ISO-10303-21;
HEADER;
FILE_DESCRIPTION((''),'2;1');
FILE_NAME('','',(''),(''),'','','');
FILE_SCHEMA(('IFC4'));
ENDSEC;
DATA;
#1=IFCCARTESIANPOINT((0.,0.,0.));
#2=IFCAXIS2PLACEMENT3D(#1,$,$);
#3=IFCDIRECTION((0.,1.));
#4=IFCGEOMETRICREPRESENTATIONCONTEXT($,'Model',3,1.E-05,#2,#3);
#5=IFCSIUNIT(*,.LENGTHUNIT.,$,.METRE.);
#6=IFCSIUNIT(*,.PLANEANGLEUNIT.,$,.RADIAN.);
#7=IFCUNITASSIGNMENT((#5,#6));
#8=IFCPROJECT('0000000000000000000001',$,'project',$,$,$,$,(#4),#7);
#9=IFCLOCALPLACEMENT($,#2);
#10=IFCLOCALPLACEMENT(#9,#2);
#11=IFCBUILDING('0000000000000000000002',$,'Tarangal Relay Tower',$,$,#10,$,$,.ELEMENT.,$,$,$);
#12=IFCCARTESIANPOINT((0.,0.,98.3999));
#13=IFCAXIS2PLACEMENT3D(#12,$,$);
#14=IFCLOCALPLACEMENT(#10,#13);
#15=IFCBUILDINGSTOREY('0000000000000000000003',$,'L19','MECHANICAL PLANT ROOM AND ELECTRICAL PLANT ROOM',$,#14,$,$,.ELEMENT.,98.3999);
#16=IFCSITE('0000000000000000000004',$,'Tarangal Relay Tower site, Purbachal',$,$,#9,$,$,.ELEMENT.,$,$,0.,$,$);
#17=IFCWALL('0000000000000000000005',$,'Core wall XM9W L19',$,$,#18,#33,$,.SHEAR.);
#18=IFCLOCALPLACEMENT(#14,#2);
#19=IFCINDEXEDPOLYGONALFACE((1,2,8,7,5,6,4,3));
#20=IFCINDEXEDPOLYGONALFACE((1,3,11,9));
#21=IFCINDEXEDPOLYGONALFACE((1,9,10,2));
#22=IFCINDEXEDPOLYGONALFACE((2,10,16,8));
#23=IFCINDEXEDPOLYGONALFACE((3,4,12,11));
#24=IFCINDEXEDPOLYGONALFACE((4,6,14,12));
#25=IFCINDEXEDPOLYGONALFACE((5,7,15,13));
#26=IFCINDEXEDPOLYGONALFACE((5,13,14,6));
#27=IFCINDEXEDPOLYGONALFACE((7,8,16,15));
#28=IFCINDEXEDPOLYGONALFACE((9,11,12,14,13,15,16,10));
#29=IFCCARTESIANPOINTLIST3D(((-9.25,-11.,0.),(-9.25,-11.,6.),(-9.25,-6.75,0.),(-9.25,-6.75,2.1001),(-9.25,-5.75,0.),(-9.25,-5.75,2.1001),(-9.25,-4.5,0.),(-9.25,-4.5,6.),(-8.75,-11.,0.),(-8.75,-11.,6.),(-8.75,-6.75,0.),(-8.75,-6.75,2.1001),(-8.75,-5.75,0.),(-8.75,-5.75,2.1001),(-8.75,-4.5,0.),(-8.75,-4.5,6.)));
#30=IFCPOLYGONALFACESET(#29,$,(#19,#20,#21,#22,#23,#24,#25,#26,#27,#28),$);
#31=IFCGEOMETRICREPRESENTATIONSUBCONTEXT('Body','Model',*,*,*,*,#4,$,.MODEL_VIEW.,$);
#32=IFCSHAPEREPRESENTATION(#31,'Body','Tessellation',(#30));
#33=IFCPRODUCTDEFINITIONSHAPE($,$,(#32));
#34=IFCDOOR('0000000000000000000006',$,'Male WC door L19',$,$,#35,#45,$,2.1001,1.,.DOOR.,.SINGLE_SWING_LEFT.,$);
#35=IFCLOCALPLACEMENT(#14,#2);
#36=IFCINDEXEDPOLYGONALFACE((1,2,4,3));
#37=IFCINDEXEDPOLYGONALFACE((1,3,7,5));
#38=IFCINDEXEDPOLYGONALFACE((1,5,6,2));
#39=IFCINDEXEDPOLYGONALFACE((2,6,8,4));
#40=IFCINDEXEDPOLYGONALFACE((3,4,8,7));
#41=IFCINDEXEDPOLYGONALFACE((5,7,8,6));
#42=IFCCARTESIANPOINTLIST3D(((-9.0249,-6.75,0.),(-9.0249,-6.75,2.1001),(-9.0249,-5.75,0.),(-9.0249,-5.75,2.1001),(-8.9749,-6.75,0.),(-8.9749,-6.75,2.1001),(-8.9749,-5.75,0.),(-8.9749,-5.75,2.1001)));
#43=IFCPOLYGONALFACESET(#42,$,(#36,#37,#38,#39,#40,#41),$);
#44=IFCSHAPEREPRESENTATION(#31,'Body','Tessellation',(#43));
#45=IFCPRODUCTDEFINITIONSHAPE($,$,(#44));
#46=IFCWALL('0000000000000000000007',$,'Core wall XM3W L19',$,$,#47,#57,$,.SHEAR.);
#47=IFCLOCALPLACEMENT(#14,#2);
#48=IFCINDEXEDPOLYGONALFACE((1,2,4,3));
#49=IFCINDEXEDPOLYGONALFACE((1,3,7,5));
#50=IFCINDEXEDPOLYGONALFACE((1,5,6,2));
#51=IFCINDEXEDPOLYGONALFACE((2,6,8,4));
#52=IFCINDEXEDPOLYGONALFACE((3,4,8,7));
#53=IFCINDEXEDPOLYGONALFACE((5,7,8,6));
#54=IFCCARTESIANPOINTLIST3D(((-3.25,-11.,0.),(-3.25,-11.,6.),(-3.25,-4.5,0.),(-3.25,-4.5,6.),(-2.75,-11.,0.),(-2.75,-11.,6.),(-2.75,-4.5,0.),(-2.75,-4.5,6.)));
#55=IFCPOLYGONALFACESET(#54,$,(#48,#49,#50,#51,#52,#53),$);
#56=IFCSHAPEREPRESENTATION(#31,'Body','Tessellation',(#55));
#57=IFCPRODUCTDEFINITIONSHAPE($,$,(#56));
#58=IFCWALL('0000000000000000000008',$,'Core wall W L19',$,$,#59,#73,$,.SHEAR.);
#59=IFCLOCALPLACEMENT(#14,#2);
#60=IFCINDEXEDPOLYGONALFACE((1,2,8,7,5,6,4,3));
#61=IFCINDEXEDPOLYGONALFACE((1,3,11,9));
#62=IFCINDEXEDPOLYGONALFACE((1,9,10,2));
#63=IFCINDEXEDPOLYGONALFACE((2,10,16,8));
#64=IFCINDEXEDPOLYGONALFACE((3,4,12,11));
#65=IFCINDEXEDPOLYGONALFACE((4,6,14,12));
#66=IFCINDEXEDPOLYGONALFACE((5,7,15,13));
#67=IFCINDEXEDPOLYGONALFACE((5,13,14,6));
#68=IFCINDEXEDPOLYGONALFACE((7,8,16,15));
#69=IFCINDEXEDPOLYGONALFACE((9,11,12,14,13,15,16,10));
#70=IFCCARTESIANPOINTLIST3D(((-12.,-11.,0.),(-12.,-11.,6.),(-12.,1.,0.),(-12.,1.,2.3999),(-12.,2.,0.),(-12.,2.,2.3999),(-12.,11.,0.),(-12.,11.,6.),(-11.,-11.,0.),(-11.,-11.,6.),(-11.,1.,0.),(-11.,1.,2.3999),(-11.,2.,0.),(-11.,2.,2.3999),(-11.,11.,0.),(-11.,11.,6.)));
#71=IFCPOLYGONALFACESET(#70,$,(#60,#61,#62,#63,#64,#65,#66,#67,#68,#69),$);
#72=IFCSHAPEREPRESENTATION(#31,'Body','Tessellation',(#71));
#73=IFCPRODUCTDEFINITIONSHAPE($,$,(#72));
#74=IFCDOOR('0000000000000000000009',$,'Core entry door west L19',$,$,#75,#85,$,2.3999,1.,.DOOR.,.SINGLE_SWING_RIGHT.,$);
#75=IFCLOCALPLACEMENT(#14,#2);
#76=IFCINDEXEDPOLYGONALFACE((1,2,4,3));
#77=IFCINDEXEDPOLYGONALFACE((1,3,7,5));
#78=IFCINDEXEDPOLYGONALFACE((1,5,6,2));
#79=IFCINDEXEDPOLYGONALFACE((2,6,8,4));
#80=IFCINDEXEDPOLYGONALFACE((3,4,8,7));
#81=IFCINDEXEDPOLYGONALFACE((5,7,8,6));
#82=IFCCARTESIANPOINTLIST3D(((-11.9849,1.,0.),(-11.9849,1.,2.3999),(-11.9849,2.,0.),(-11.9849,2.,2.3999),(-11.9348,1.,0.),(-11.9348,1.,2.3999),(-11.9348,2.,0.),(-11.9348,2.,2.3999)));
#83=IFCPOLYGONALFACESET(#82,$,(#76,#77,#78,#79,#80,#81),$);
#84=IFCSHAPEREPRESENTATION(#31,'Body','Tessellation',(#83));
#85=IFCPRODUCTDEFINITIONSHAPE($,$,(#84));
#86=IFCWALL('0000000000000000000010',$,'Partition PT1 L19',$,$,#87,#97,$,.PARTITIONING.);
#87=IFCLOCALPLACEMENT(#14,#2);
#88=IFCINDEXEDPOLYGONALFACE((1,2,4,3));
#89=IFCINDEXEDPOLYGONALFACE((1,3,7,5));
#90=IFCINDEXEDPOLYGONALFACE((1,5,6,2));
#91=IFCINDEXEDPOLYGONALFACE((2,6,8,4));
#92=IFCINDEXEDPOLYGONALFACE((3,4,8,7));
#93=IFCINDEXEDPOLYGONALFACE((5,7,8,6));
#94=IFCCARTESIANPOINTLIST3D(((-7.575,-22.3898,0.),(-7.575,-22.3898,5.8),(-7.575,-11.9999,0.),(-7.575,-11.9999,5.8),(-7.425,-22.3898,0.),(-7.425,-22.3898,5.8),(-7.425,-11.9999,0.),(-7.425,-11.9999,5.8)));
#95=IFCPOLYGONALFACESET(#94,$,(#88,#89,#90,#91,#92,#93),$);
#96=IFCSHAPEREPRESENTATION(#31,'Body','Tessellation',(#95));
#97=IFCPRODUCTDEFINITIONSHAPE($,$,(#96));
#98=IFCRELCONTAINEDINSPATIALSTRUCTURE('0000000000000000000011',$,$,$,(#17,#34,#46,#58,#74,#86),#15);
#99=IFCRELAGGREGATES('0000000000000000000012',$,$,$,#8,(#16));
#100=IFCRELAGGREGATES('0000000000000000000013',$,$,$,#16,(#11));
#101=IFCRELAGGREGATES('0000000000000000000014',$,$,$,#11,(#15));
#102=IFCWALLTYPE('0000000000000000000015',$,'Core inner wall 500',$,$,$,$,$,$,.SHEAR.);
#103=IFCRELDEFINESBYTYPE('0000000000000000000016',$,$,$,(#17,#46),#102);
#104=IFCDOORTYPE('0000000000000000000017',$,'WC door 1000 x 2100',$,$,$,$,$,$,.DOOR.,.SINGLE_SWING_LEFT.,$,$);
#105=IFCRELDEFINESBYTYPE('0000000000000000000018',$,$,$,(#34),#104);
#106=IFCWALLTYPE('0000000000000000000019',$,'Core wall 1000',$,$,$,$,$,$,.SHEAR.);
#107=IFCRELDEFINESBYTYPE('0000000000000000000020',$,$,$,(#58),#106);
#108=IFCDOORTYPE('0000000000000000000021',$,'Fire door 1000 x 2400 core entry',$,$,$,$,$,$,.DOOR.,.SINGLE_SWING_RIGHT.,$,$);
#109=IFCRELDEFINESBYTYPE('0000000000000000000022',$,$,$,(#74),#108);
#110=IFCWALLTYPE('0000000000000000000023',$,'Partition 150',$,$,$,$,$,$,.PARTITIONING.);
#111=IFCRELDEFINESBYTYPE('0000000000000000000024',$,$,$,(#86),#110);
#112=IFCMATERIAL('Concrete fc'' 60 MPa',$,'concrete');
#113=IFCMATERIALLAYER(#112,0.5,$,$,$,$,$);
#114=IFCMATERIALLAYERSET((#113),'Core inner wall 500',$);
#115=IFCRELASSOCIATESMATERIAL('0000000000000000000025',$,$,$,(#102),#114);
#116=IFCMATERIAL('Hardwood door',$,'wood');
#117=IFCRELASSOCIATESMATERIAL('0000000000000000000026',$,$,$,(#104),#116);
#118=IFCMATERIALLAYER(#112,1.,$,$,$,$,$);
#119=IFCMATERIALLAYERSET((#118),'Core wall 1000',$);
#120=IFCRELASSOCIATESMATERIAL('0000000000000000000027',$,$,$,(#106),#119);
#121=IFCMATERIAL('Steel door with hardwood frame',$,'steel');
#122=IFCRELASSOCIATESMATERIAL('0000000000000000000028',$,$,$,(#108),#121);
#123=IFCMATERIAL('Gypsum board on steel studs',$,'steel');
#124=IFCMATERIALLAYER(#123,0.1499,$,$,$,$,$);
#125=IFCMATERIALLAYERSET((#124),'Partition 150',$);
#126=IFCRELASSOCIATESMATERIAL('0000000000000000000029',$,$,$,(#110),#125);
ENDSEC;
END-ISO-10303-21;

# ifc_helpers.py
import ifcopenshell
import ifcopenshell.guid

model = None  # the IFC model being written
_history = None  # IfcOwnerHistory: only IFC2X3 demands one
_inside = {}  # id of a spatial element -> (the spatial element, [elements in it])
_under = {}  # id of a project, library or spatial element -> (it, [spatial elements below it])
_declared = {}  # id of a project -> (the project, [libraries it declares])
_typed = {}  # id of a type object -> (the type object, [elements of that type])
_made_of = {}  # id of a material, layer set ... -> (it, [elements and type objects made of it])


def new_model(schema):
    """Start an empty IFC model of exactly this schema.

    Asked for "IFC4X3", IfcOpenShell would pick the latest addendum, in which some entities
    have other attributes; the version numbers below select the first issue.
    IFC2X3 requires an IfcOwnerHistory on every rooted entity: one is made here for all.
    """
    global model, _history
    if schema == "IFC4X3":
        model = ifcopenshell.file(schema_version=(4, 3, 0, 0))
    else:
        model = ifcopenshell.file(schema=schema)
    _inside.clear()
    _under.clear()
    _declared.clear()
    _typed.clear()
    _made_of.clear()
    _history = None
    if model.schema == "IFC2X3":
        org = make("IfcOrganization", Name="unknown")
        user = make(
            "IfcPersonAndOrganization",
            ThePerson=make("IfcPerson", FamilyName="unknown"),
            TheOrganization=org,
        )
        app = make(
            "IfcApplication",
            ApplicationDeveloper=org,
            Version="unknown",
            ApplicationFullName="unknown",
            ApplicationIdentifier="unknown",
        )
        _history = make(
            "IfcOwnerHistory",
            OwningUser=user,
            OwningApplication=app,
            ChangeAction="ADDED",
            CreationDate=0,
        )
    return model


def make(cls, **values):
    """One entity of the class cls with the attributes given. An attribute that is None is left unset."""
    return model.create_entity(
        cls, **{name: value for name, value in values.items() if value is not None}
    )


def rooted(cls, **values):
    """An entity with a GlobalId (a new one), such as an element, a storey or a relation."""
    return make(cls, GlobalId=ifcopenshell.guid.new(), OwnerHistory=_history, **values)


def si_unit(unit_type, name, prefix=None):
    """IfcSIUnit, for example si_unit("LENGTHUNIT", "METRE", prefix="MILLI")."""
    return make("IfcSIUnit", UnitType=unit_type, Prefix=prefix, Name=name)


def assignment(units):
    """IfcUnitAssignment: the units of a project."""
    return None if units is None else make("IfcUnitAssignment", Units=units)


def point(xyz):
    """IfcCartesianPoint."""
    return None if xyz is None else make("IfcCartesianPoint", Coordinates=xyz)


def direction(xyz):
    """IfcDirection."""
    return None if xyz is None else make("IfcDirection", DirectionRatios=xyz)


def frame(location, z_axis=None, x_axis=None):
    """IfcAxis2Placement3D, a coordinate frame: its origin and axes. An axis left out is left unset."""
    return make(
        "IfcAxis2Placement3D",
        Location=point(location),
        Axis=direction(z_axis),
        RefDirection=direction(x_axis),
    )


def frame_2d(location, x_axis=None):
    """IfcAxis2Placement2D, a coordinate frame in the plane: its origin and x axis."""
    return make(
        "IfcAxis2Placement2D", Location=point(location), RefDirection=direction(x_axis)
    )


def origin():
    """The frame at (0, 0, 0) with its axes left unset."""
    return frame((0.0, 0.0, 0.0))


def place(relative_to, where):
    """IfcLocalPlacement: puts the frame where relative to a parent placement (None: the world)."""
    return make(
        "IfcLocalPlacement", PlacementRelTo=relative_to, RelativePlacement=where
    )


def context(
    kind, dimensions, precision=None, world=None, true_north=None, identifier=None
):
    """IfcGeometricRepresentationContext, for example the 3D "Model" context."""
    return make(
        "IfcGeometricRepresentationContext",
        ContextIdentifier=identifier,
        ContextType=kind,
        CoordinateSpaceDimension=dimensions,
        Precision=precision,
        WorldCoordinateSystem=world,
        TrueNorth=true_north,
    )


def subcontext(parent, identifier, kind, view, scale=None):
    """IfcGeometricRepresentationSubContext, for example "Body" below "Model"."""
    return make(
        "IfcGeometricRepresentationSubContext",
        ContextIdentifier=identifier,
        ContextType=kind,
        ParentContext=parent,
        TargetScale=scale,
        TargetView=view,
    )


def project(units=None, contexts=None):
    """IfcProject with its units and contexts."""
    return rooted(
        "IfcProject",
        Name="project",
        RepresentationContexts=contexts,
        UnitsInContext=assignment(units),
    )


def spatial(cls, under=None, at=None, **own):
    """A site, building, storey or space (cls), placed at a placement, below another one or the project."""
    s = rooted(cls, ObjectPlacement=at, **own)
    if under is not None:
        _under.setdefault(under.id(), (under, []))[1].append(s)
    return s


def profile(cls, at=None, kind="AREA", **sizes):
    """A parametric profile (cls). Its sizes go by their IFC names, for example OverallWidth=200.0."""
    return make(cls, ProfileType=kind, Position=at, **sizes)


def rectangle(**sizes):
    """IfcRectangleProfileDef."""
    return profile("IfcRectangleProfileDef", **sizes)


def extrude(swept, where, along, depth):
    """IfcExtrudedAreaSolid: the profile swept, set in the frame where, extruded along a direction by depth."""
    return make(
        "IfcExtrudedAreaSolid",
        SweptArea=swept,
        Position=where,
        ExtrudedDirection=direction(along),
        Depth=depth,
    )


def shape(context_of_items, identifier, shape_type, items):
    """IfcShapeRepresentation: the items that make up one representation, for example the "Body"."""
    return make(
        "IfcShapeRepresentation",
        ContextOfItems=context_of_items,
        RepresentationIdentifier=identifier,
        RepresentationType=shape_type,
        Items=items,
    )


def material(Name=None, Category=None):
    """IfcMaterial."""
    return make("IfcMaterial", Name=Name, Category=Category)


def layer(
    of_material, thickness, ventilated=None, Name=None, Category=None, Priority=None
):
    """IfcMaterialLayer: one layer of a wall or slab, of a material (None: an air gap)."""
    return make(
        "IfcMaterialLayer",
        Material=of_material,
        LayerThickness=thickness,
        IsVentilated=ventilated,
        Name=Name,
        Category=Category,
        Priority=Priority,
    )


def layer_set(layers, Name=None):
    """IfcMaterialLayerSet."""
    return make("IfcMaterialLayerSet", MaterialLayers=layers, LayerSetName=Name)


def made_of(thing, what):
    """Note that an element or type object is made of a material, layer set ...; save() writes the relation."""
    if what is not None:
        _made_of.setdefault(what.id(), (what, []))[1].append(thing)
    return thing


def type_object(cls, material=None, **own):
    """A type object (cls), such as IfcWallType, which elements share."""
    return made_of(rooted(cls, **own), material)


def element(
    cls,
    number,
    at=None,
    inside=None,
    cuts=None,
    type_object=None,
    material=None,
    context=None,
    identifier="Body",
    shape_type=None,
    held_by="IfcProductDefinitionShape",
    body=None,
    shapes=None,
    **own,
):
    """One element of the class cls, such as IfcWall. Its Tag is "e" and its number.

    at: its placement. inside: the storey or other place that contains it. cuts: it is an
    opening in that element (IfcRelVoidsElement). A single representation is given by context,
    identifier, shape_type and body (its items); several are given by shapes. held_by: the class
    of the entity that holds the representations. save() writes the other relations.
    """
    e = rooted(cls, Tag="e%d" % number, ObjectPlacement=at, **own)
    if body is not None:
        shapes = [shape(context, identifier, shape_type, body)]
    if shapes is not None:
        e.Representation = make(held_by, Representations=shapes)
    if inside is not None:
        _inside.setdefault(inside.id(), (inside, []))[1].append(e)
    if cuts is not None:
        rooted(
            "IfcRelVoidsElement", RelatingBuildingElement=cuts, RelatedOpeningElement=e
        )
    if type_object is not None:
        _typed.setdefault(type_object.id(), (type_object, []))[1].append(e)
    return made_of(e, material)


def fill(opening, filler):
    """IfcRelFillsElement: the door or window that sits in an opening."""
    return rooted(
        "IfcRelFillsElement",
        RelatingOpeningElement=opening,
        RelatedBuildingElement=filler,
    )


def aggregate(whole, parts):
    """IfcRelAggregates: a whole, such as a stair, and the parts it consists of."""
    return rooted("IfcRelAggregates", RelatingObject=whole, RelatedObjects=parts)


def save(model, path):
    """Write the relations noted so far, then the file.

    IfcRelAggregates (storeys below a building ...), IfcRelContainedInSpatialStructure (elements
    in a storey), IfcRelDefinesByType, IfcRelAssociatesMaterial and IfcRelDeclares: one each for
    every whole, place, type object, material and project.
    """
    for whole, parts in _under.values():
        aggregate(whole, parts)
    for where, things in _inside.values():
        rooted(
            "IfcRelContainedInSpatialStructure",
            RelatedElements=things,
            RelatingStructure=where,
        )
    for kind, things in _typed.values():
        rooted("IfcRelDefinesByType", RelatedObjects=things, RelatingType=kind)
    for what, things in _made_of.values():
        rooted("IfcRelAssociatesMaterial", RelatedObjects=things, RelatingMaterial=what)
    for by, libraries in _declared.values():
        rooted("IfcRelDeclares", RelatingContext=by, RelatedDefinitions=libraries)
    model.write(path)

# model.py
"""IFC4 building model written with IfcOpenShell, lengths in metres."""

from ifc_helpers import new_model, si_unit, direction, frame, frame_2d, origin, place, context, subcontext, project, spatial, rectangle, extrude, material, layer, layer_set, type_object, element, fill, save


model = new_model("IFC4")

# Units and contexts
model_context = context("Model", 3, precision=1e-05, world=origin(), true_north=direction((0.0, 1.0)))
body_context = subcontext(model_context, "Body", "Model", "MODEL_VIEW")
ifc_project = project(units=[si_unit("LENGTHUNIT", "METRE"), si_unit("PLANEANGLEUNIT", "RADIAN")], contexts=[model_context])

# Site, building, storey
site_placement = place(None, origin())
site = spatial("IfcSite", under=ifc_project, at=site_placement, Name="Tarangal Relay Tower site, Purbachal", CompositionType="ELEMENT", RefElevation=0.0)
building_placement = place(site_placement, origin())
building = spatial("IfcBuilding", under=site, at=building_placement, Name="Tarangal Relay Tower", CompositionType="ELEMENT")
storey_placement = place(building_placement, frame((0.0, 0.0, 98.3999)))
storey = spatial("IfcBuildingStorey", under=building, at=storey_placement, Name="L19", Description="MECHANICAL PLANT ROOM AND ELECTRICAL PLANT ROOM", CompositionType="ELEMENT", Elevation=98.3999)

# Wall, opening, door
ifc_material_1 = material(Name="Concrete fc' 60 MPa", Category="concrete")
ifc_layer_1 = layer(ifc_material_1, 0.5)
ifc_layer_set_1 = layer_set([ifc_layer_1], Name="Core inner wall 500")
wall_type_1 = type_object("IfcWallType", Name="Core inner wall 500", PredefinedType="SHEAR", material=ifc_layer_set_1)
wall_1_placement = place(storey_placement, frame((-9.0, -11.0, 0.0), z_axis=(0.0, 0.0, 1.0), x_axis=(0.0, 1.0, 0.0)))
wall_1 = element("IfcWall", 1, at=wall_1_placement, inside=storey, type_object=wall_type_1, Name="Core wall XM9W L19", PredefinedType="SHEAR", context=body_context, shape_type="SweptSolid", body=[
    extrude(rectangle(XDim=6.5, YDim=0.5, at=frame_2d((3.25, 0.0))), origin(), (0.0, 0.0, 1.0), 6.0),
])
opening_1_placement = place(wall_1_placement, frame((4.25, 0.0, 0.0)))
opening_1 = element("IfcOpeningElement", 2, at=opening_1_placement, cuts=wall_1, PredefinedType="OPENING", context=body_context, shape_type="SweptSolid", body=[
    extrude(rectangle(XDim=1.0, YDim=2.1001, at=frame_2d((0.5, 1.05))), frame((0.0, 0.26, 0.0), z_axis=(0.0, -1.0, 0.0), x_axis=(1.0, 0.0, 0.0)), (0.0, 0.0, 1.0), 0.52),
])
ifc_material_2 = material(Name="Hardwood door", Category="wood")
door_type_1 = type_object("IfcDoorType", Name="WC door 1000 x 2100", OperationType="SINGLE_SWING_LEFT", PredefinedType="DOOR", material=ifc_material_2)
door_1_placement = place(opening_1_placement, origin())
door_1 = element("IfcDoor", 3, at=door_1_placement, inside=storey, type_object=door_type_1, Name="Male WC door L19", OperationType="SINGLE_SWING_LEFT", OverallHeight=2.1001, OverallWidth=1.0, PredefinedType="DOOR", context=body_context, shape_type="SweptSolid", body=[
    extrude(rectangle(XDim=1.0, YDim=2.1001, at=frame_2d((0.5, 1.05))), frame((0.0, 0.0249, 0.0), z_axis=(0.0, -1.0, 0.0), x_axis=(1.0, 0.0, 0.0)), (0.0, 0.0, 1.0), 0.05),
])
fill(opening_1, door_1)

# Wall
wall_2_placement = place(storey_placement, frame((-3.0, -11.0, 0.0), z_axis=(0.0, 0.0, 1.0), x_axis=(0.0, 1.0, 0.0)))
element("IfcWall", 4, at=wall_2_placement, inside=storey, type_object=wall_type_1, Name="Core wall XM3W L19", PredefinedType="SHEAR", context=body_context, shape_type="SweptSolid", body=[
    extrude(rectangle(XDim=6.5, YDim=0.5, at=frame_2d((3.25, 0.0))), origin(), (0.0, 0.0, 1.0), 6.0),
])

# Wall, opening, door
ifc_layer_2 = layer(ifc_material_1, 1.0)
ifc_layer_set_2 = layer_set([ifc_layer_2], Name="Core wall 1000")
wall_type_2 = type_object("IfcWallType", Name="Core wall 1000", PredefinedType="SHEAR", material=ifc_layer_set_2)
wall_3_placement = place(storey_placement, frame((-11.5, -11.0, 0.0), z_axis=(0.0, 0.0, 1.0), x_axis=(0.0, 1.0, 0.0)))
wall_3 = element("IfcWall", 5, at=wall_3_placement, inside=storey, type_object=wall_type_2, Name="Core wall W L19", PredefinedType="SHEAR", context=body_context, shape_type="SweptSolid", body=[
    extrude(rectangle(XDim=22.0, YDim=1.0, at=frame_2d((11.0, 0.0))), origin(), (0.0, 0.0, 1.0), 6.0),
])
opening_2_placement = place(wall_3_placement, frame((12.0, 0.0, 0.0)))
opening_2 = element("IfcOpeningElement", 6, at=opening_2_placement, cuts=wall_3, PredefinedType="OPENING", context=body_context, shape_type="SweptSolid", body=[
    extrude(rectangle(XDim=1.0, YDim=2.3999, at=frame_2d((0.5, 1.2))), frame((0.0, 0.51, 0.0), z_axis=(0.0, -1.0, 0.0), x_axis=(1.0, 0.0, 0.0)), (0.0, 0.0, 1.0), 1.02),
])
ifc_material_3 = material(Name="Steel door with hardwood frame", Category="steel")
door_type_2 = type_object("IfcDoorType", Name="Fire door 1000 x 2400 core entry", OperationType="SINGLE_SWING_RIGHT", PredefinedType="DOOR", material=ifc_material_3)
door_2_placement = place(opening_2_placement, origin())
door_2 = element("IfcDoor", 7, at=door_2_placement, inside=storey, type_object=door_type_2, Name="Core entry door west L19", OperationType="SINGLE_SWING_RIGHT", OverallHeight=2.3999, OverallWidth=1.0, PredefinedType="DOOR", context=body_context, shape_type="SweptSolid", body=[
    extrude(rectangle(XDim=1.0, YDim=2.3999, at=frame_2d((0.5, 1.2))), frame((0.0, 0.4849, 0.0), z_axis=(0.0, -1.0, 0.0), x_axis=(1.0, 0.0, 0.0)), (0.0, 0.0, 1.0), 0.05),
])
fill(opening_2, door_2)

# Wall
ifc_material_4 = material(Name="Gypsum board on steel studs", Category="steel")
ifc_layer_3 = layer(ifc_material_4, 0.1499)
ifc_layer_set_3 = layer_set([ifc_layer_3], Name="Partition 150")
wall_type_3 = type_object("IfcWallType", Name="Partition 150", PredefinedType="PARTITIONING", material=ifc_layer_set_3)
wall_4_placement = place(storey_placement, frame((-7.5, -12.0, 0.0), z_axis=(0.0, 0.0, 1.0), x_axis=(0.0, -1.0, 0.0)))
element("IfcWall", 8, at=wall_4_placement, inside=storey, type_object=wall_type_3, Name="Partition PT1 L19", PredefinedType="PARTITIONING", context=body_context, shape_type="SweptSolid", body=[
    extrude(rectangle(XDim=10.3899, YDim=0.1499, at=frame_2d((5.1948, 0.0))), origin(), (0.0, 0.0, 1.0), 5.8),
])

save(model, "model.ifc")
